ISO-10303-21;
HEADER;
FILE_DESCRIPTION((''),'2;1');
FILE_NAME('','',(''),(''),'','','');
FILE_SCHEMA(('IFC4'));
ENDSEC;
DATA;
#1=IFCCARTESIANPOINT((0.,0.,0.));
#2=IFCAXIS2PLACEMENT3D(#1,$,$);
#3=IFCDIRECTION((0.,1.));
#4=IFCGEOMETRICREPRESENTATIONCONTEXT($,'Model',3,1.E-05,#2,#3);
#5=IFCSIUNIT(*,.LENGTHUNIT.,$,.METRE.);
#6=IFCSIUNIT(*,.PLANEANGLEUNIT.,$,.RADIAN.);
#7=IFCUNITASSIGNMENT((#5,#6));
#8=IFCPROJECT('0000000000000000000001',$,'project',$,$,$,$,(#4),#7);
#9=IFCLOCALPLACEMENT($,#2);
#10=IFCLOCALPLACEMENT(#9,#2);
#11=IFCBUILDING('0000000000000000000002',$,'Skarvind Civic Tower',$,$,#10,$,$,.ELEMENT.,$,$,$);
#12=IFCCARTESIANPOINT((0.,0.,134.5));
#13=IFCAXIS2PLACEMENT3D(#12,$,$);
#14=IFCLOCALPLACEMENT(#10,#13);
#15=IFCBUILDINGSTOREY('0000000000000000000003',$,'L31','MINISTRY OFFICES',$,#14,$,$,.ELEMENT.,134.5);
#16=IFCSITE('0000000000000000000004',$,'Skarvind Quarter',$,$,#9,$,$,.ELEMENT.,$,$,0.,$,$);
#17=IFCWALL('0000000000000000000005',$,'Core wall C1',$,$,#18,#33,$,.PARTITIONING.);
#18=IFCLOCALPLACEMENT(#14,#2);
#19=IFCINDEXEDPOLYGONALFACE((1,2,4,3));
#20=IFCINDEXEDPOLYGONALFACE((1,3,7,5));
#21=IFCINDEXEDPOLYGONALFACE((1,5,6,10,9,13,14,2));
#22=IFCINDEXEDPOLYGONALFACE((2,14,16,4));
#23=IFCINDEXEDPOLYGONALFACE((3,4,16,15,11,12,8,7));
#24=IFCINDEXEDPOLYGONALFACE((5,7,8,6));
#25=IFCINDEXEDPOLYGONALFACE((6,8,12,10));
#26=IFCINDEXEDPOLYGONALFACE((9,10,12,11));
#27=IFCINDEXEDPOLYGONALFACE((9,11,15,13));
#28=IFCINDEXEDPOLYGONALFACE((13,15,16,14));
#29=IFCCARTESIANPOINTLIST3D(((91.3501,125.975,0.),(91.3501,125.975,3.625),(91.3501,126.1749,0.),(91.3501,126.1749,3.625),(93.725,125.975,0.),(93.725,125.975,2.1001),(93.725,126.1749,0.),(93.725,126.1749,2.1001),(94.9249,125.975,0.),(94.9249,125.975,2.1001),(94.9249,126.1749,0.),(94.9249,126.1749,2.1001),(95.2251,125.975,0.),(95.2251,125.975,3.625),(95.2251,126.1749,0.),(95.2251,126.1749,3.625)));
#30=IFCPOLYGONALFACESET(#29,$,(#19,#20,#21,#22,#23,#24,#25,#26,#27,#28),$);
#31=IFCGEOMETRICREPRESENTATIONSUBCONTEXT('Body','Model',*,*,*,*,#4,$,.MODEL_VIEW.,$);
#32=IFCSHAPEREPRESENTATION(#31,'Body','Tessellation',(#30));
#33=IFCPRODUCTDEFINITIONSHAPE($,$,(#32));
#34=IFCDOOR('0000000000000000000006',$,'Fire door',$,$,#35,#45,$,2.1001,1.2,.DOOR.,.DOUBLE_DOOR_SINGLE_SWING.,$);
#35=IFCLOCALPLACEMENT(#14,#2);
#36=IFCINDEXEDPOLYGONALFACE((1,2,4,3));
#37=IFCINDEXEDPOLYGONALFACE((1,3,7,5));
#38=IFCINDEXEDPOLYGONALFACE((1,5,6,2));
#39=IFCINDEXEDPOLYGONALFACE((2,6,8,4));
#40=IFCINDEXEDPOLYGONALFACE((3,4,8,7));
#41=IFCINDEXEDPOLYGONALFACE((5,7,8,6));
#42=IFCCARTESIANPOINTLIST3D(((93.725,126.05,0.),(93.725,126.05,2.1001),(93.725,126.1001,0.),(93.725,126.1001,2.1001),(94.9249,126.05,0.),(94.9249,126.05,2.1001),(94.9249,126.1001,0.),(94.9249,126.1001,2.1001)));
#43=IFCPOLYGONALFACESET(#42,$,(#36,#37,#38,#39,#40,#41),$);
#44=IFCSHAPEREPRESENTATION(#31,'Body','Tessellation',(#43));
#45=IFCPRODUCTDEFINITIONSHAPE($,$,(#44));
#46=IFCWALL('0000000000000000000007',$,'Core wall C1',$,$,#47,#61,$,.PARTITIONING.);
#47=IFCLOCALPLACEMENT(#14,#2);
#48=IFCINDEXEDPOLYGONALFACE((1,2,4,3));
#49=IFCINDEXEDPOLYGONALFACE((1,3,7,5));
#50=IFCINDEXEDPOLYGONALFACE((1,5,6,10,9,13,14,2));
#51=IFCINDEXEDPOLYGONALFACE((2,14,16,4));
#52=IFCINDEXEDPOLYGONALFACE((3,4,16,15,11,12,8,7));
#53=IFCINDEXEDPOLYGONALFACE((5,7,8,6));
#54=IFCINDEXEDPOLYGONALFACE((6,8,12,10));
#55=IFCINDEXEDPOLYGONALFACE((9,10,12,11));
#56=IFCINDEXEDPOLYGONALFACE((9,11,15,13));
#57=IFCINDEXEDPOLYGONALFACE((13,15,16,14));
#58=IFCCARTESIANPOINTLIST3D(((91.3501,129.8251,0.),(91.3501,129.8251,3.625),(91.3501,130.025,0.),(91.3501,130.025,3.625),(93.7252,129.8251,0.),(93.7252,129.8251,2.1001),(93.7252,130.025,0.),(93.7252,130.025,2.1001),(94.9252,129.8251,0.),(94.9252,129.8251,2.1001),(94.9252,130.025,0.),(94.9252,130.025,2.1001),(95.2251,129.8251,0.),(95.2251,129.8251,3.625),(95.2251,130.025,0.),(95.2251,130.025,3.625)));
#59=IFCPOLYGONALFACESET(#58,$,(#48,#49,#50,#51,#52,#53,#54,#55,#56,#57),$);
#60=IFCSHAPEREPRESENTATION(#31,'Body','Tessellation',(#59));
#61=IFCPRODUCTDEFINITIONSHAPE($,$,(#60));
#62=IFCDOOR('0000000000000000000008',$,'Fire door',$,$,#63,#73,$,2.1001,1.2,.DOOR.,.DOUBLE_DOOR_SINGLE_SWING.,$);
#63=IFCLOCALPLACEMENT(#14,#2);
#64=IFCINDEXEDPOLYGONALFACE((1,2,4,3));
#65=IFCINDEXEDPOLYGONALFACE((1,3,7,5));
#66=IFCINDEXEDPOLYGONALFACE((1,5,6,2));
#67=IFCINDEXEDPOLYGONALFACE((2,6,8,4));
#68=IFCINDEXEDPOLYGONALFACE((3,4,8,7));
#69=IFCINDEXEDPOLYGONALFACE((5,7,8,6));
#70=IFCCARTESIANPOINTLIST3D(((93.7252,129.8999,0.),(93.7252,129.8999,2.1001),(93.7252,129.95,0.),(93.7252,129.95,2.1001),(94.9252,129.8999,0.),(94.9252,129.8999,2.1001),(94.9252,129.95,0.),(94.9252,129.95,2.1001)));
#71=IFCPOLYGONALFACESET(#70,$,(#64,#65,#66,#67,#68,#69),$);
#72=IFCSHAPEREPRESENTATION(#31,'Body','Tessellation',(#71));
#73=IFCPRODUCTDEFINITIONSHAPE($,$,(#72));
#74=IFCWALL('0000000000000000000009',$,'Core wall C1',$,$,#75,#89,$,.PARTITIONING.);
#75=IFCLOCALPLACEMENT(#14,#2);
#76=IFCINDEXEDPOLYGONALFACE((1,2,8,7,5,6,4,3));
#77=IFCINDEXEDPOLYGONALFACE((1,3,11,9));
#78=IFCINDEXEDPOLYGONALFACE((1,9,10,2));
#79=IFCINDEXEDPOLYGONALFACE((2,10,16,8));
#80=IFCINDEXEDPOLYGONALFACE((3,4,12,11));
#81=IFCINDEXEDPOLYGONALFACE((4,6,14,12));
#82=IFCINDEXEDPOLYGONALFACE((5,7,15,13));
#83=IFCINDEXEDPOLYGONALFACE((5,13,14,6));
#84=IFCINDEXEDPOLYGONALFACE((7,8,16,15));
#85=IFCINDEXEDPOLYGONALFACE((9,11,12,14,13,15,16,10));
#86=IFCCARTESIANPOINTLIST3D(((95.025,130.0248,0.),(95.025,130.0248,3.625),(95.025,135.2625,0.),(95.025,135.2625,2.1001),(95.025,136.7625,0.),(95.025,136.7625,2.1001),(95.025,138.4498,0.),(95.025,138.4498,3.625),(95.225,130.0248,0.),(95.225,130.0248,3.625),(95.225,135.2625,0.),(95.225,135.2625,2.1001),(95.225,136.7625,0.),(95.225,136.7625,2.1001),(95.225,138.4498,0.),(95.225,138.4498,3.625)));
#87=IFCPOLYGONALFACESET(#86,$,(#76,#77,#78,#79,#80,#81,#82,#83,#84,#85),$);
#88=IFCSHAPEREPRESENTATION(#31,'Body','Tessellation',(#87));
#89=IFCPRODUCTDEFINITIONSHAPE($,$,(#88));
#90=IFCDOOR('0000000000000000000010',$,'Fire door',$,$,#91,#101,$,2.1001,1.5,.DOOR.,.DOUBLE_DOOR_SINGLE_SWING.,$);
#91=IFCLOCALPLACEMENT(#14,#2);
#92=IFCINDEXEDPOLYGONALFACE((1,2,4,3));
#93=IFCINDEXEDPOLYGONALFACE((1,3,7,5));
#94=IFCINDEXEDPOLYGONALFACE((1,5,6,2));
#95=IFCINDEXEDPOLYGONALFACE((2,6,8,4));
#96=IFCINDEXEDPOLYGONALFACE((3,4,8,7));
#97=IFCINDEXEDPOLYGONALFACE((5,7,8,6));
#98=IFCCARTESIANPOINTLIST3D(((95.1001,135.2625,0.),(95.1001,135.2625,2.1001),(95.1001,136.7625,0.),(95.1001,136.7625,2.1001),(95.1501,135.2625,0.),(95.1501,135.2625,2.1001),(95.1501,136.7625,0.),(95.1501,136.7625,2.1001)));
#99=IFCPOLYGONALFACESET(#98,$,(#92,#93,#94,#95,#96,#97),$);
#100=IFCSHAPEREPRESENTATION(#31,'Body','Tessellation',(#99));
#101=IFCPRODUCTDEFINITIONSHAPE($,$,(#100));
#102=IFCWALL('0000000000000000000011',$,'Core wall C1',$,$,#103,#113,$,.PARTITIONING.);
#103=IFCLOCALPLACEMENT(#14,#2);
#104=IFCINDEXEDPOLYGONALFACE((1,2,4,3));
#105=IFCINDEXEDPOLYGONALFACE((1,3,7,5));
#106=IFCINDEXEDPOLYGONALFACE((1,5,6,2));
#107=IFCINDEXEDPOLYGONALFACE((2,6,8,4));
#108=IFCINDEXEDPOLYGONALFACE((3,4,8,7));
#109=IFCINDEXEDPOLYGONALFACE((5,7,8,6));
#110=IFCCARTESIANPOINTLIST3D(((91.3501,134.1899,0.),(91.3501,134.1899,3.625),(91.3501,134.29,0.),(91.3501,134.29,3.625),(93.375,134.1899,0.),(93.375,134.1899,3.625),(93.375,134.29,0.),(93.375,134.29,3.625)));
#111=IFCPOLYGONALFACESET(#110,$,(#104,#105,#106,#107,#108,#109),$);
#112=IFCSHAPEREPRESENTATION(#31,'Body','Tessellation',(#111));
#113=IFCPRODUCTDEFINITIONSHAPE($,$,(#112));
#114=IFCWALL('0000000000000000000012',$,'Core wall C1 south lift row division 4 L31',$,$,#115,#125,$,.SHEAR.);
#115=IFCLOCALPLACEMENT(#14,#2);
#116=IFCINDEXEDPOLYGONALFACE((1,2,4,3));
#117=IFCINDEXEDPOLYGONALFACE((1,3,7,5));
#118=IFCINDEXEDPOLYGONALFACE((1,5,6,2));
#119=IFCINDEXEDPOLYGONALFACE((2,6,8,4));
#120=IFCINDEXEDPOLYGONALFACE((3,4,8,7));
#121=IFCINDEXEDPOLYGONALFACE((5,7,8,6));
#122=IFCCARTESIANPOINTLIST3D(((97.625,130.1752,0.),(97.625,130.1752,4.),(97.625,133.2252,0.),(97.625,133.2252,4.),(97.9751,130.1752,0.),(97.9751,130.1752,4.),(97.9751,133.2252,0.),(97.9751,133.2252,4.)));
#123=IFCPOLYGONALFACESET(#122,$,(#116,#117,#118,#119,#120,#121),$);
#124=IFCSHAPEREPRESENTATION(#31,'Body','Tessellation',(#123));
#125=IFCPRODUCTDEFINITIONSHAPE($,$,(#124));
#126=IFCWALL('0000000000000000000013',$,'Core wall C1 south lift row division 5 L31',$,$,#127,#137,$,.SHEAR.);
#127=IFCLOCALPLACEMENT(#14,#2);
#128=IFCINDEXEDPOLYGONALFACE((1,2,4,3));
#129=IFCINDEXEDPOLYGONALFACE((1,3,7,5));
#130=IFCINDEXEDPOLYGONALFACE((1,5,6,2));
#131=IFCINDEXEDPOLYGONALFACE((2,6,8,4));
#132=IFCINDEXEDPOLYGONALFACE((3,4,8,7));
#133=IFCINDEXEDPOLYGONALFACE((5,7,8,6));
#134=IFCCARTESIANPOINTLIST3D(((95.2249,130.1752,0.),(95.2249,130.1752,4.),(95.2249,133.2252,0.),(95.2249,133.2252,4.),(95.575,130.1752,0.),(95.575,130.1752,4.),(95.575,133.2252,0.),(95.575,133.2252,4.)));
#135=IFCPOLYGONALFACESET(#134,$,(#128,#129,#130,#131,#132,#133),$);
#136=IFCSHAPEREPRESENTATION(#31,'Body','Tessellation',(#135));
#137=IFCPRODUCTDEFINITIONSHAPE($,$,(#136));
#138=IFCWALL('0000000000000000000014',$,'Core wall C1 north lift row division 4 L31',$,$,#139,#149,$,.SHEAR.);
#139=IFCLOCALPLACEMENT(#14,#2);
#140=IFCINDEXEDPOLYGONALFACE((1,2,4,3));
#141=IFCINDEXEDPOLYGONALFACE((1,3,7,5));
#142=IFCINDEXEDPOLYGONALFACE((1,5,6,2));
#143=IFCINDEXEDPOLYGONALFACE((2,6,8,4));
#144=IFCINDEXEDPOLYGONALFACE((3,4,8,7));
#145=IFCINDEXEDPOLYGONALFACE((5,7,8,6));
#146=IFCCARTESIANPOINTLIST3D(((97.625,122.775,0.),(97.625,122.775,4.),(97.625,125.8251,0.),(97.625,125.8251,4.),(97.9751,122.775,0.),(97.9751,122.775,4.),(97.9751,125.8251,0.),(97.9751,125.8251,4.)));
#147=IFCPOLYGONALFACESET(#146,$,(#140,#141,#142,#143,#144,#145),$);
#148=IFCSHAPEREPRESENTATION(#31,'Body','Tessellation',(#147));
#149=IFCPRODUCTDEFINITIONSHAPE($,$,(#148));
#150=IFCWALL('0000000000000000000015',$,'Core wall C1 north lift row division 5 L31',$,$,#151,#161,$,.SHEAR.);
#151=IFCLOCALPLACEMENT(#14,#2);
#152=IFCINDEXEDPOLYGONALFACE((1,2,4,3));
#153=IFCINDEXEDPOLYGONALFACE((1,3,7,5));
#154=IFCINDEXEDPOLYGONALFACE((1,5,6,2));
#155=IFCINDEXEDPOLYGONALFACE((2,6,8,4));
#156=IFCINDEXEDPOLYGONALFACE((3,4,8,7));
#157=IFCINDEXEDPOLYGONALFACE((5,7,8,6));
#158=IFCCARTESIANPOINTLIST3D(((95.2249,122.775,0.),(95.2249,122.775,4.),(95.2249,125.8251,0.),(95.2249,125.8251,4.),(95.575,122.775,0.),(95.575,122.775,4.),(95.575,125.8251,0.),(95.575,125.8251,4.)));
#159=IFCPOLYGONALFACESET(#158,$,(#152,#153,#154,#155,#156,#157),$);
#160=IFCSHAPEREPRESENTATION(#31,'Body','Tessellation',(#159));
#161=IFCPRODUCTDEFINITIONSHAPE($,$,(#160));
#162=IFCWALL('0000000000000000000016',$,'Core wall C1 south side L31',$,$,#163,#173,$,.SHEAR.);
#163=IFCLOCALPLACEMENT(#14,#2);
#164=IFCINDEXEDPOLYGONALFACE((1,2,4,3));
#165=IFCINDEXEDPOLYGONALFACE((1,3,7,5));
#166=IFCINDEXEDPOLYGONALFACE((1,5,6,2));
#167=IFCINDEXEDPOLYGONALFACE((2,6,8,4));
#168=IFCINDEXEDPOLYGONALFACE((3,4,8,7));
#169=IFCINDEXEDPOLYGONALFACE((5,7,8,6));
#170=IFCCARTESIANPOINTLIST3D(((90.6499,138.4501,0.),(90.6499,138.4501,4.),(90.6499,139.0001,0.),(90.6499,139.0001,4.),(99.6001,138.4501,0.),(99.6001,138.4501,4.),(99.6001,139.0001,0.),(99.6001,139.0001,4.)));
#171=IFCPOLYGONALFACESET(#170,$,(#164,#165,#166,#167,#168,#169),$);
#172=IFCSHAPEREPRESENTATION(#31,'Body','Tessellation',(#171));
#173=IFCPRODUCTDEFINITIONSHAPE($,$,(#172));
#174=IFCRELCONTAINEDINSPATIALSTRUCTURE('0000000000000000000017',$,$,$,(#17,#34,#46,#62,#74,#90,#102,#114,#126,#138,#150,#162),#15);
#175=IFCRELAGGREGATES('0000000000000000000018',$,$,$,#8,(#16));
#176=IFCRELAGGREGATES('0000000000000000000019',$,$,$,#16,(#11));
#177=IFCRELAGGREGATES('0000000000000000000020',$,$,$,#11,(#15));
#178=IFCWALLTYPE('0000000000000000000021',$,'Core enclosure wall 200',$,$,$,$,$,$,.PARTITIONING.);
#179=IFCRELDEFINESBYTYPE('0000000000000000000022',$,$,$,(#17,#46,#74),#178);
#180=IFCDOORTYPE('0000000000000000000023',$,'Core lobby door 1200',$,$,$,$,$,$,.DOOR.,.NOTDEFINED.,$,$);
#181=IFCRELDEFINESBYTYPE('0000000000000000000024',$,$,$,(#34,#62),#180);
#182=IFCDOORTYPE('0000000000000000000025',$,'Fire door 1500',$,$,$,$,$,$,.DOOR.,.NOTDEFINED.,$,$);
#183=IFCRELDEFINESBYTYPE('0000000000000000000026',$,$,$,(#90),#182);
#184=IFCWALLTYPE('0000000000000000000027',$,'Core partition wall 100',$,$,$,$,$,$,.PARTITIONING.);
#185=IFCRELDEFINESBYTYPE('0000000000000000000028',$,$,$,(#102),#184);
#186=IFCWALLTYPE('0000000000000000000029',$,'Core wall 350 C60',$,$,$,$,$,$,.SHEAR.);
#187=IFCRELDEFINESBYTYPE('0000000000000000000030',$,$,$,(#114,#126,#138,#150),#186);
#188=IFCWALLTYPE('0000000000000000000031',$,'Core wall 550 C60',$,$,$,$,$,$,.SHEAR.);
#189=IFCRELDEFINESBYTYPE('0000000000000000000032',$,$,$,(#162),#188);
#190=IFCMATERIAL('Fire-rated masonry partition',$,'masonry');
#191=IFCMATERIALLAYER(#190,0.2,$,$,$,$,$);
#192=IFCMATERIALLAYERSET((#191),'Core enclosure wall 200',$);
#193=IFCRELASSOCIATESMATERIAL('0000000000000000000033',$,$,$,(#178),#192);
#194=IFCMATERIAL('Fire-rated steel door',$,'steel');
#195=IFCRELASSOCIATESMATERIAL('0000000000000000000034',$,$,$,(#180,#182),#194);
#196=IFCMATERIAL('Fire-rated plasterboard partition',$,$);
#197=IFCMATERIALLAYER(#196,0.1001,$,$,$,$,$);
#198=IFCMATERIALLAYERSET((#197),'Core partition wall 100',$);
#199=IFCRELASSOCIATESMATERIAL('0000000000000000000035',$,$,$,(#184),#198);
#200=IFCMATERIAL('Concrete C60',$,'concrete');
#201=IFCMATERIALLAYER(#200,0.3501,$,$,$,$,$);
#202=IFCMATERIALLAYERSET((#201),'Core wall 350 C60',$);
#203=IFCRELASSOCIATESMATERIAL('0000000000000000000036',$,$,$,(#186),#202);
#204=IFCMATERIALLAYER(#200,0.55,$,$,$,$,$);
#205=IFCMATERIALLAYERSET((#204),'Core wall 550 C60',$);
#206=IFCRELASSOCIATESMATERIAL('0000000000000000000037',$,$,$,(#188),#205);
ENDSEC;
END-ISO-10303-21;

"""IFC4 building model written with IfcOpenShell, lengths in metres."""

from ifc_helpers import new_model, si_unit, direction, frame, frame_2d, origin, place, context, subcontext, project, spatial, rectangle, extrude, material, layer, layer_set, type_object, element, fill, save


model = new_model("IFC4")

# Units and contexts
model_context = context("Model", 3, precision=1e-05, world=origin(), true_north=direction((0.0, 1.0)))
body_context = subcontext(model_context, "Body", "Model", "MODEL_VIEW")
ifc_project = project(units=[si_unit("LENGTHUNIT", "METRE"), si_unit("PLANEANGLEUNIT", "RADIAN")], contexts=[model_context])

# Site, building, storey
site_placement = place(None, origin())
site = spatial("IfcSite", under=ifc_project, at=site_placement, Name="Skarvind Quarter", CompositionType="ELEMENT", RefElevation=0.0)
building_placement = place(site_placement, origin())
building = spatial("IfcBuilding", under=site, at=building_placement, Name="Skarvind Civic Tower", CompositionType="ELEMENT")
storey_placement = place(building_placement, frame((0.0, 0.0, 134.5)))
storey = spatial("IfcBuildingStorey", under=building, at=storey_placement, Name="L31", Description="MINISTRY OFFICES", CompositionType="ELEMENT", Elevation=134.5)

# Walls, openings, doors
ifc_material_1 = material(Name="Fire-rated masonry partition", Category="masonry")
ifc_layer_1 = layer(ifc_material_1, 0.2)
ifc_layer_set_1 = layer_set([ifc_layer_1], Name="Core enclosure wall 200")
wall_type_1 = type_object("IfcWallType", Name="Core enclosure wall 200", PredefinedType="PARTITIONING", material=ifc_layer_set_1)
wall_1_placement = place(storey_placement, frame((95.2251, 126.075, 0.0), z_axis=(0.0, 0.0, 1.0), x_axis=(-1.0, 0.0, 0.0)))
wall_1 = element("IfcWall", 1, at=wall_1_placement, inside=storey, type_object=wall_type_1, Name="Core wall C1", PredefinedType="PARTITIONING", context=body_context, shape_type="SweptSolid", body=[
    extrude(rectangle(XDim=3.875, YDim=0.2, at=frame_2d((1.9375, 0.0))), origin(), (0.0, 0.0, 1.0), 3.625),
])
opening_1_placement = place(wall_1_placement, frame((0.3, 0.0, 0.0)))
opening_1 = element("IfcOpeningElement", 2, at=opening_1_placement, cuts=wall_1, PredefinedType="OPENING", context=body_context, shape_type="SweptSolid", body=[
    extrude(rectangle(XDim=1.2, YDim=2.1001, at=frame_2d((0.6001, 1.05))), frame((0.0, 0.1099, 0.0), z_axis=(0.0, -1.0, 0.0), x_axis=(1.0, 0.0, 0.0)), (0.0, 0.0, 1.0), 0.22),
])
ifc_material_2 = material(Name="Fire-rated steel door", Category="steel")
door_type_1 = type_object("IfcDoorType", Name="Core lobby door 1200", OperationType="NOTDEFINED", PredefinedType="DOOR", material=ifc_material_2)
door_1_placement = place(opening_1_placement, origin())
door_1 = element("IfcDoor", 3, at=door_1_placement, inside=storey, type_object=door_type_1, Name="Fire door", OperationType="DOUBLE_DOOR_SINGLE_SWING", OverallHeight=2.1001, OverallWidth=1.2, PredefinedType="DOOR", context=body_context, shape_type="SweptSolid", body=[
    extrude(rectangle(XDim=1.2, YDim=2.1001, at=frame_2d((0.6001, 1.05))), frame((0.0, 0.0249, 0.0), z_axis=(0.0, -1.0, 0.0), x_axis=(1.0, 0.0, 0.0)), (0.0, 0.0, 1.0), 0.05),
])
fill(opening_1, door_1)
wall_2_placement = place(storey_placement, frame((91.3501, 129.925, 0.0), z_axis=(0.0, 0.0, 1.0), x_axis=(1.0, 0.0, 0.0)))
wall_2 = element("IfcWall", 4, at=wall_2_placement, inside=storey, type_object=wall_type_1, Name="Core wall C1", PredefinedType="PARTITIONING", context=body_context, shape_type="SweptSolid", body=[
    extrude(rectangle(XDim=3.875, YDim=0.2, at=frame_2d((1.9375, 0.0))), origin(), (0.0, 0.0, 1.0), 3.625),
])
opening_2_placement = place(wall_2_placement, frame((2.375, 0.0, 0.0)))
opening_2 = element("IfcOpeningElement", 5, at=opening_2_placement, cuts=wall_2, PredefinedType="OPENING", context=body_context, shape_type="SweptSolid", body=[
    extrude(rectangle(XDim=1.2, YDim=2.1001, at=frame_2d((0.6001, 1.05))), frame((0.0, 0.1099, 0.0), z_axis=(0.0, -1.0, 0.0), x_axis=(1.0, 0.0, 0.0)), (0.0, 0.0, 1.0), 0.22),
])
door_2_placement = place(opening_2_placement, origin())
door_2 = element("IfcDoor", 6, at=door_2_placement, inside=storey, type_object=door_type_1, Name="Fire door", OperationType="DOUBLE_DOOR_SINGLE_SWING", OverallHeight=2.1001, OverallWidth=1.2, PredefinedType="DOOR", context=body_context, shape_type="SweptSolid", body=[
    extrude(rectangle(XDim=1.2, YDim=2.1001, at=frame_2d((0.6001, 1.05))), frame((0.0, 0.0249, 0.0), z_axis=(0.0, -1.0, 0.0), x_axis=(1.0, 0.0, 0.0)), (0.0, 0.0, 1.0), 0.05),
])
fill(opening_2, door_2)
wall_3_placement = place(storey_placement, frame((95.125, 130.0249, 0.0), z_axis=(0.0, 0.0, 1.0), x_axis=(0.0, 1.0, 0.0)))
wall_3 = element("IfcWall", 7, at=wall_3_placement, inside=storey, type_object=wall_type_1, Name="Core wall C1", PredefinedType="PARTITIONING", context=body_context, shape_type="SweptSolid", body=[
    extrude(rectangle(XDim=8.425, YDim=0.2, at=frame_2d((4.2124, 0.0))), origin(), (0.0, 0.0, 1.0), 3.625),
])
opening_3_placement = place(wall_3_placement, frame((5.2375, 0.0, 0.0)))
opening_3 = element("IfcOpeningElement", 8, at=opening_3_placement, cuts=wall_3, PredefinedType="OPENING", context=body_context, shape_type="SweptSolid", body=[
    extrude(rectangle(XDim=1.5, YDim=2.1001, at=frame_2d((0.75, 1.05))), frame((0.0, 0.1099, 0.0), z_axis=(0.0, -1.0, 0.0), x_axis=(1.0, 0.0, 0.0)), (0.0, 0.0, 1.0), 0.22),
])
door_type_2 = type_object("IfcDoorType", Name="Fire door 1500", OperationType="NOTDEFINED", PredefinedType="DOOR", material=ifc_material_2)
door_3_placement = place(opening_3_placement, origin())
door_3 = element("IfcDoor", 9, at=door_3_placement, inside=storey, type_object=door_type_2, Name="Fire door", OperationType="DOUBLE_DOOR_SINGLE_SWING", OverallHeight=2.1001, OverallWidth=1.5, PredefinedType="DOOR", context=body_context, shape_type="SweptSolid", body=[
    extrude(rectangle(XDim=1.5, YDim=2.1001, at=frame_2d((0.75, 1.05))), frame((0.0, 0.0249, 0.0), z_axis=(0.0, -1.0, 0.0), x_axis=(1.0, 0.0, 0.0)), (0.0, 0.0, 1.0), 0.05),
])
fill(opening_3, door_3)

# Walls
ifc_material_3 = material(Name="Fire-rated plasterboard partition")
ifc_layer_2 = layer(ifc_material_3, 0.1001)
ifc_layer_set_2 = layer_set([ifc_layer_2], Name="Core partition wall 100")
wall_type_2 = type_object("IfcWallType", Name="Core partition wall 100", PredefinedType="PARTITIONING", material=ifc_layer_set_2)
wall_4_placement = place(storey_placement, frame((91.3501, 134.24, 0.0), z_axis=(0.0, 0.0, 1.0), x_axis=(1.0, 0.0, 0.0)))
element("IfcWall", 10, at=wall_4_placement, inside=storey, type_object=wall_type_2, Name="Core wall C1", PredefinedType="PARTITIONING", context=body_context, shape_type="SweptSolid", body=[
    extrude(rectangle(XDim=2.0249, YDim=0.1001, at=frame_2d((1.0125, 0.0))), origin(), (0.0, 0.0, 1.0), 3.625),
])
ifc_material_4 = material(Name="Concrete C60", Category="concrete")
ifc_layer_3 = layer(ifc_material_4, 0.3501)
ifc_layer_set_3 = layer_set([ifc_layer_3], Name="Core wall 350 C60")
wall_type_3 = type_object("IfcWallType", Name="Core wall 350 C60", PredefinedType="SHEAR", material=ifc_layer_set_3)
for number, where, z_axis, x_axis, name in (
    (11, (97.8, 133.2251, 0.0), (0.0, 0.0, 1.0), (0.0, -1.0, 0.0), "Core wall C1 south lift row division 4 L31"),
    (12, (95.3999, 133.2251, 0.0), (0.0, 0.0, 1.0), (0.0, -1.0, 0.0), "Core wall C1 south lift row division 5 L31"),
    (13, (97.8, 125.825, 0.0), (0.0, 0.0, 1.0), (0.0, -1.0, 0.0), "Core wall C1 north lift row division 4 L31"),
    (14, (95.3999, 125.825, 0.0), (0.0, 0.0, 1.0), (0.0, -1.0, 0.0), "Core wall C1 north lift row division 5 L31"),
):
    element("IfcWall", number, at=place(storey_placement, frame(where, z_axis=z_axis, x_axis=x_axis)), inside=storey, type_object=wall_type_3, Name=name, PredefinedType="SHEAR", context=body_context, shape_type="SweptSolid", body=[
        extrude(rectangle(XDim=3.05, YDim=0.3501, at=frame_2d((1.5249, 0.0))), origin(), (0.0, 0.0, 1.0), 4.0),
    ])
ifc_layer_4 = layer(ifc_material_4, 0.55)
ifc_layer_set_4 = layer_set([ifc_layer_4], Name="Core wall 550 C60")
wall_type_4 = type_object("IfcWallType", Name="Core wall 550 C60", PredefinedType="SHEAR", material=ifc_layer_set_4)
wall_5_placement = place(storey_placement, frame((99.6001, 138.7251, 0.0), z_axis=(0.0, 0.0, 1.0), x_axis=(-1.0, 0.0, 0.0)))
element("IfcWall", 15, at=wall_5_placement, inside=storey, type_object=wall_type_4, Name="Core wall C1 south side L31", PredefinedType="SHEAR", context=body_context, shape_type="SweptSolid", body=[
    extrude(rectangle(XDim=8.9502, YDim=0.55, at=frame_2d((4.4751, 0.0))), origin(), (0.0, 0.0, 1.0), 4.0),
])

save(model, "model.ifc")
